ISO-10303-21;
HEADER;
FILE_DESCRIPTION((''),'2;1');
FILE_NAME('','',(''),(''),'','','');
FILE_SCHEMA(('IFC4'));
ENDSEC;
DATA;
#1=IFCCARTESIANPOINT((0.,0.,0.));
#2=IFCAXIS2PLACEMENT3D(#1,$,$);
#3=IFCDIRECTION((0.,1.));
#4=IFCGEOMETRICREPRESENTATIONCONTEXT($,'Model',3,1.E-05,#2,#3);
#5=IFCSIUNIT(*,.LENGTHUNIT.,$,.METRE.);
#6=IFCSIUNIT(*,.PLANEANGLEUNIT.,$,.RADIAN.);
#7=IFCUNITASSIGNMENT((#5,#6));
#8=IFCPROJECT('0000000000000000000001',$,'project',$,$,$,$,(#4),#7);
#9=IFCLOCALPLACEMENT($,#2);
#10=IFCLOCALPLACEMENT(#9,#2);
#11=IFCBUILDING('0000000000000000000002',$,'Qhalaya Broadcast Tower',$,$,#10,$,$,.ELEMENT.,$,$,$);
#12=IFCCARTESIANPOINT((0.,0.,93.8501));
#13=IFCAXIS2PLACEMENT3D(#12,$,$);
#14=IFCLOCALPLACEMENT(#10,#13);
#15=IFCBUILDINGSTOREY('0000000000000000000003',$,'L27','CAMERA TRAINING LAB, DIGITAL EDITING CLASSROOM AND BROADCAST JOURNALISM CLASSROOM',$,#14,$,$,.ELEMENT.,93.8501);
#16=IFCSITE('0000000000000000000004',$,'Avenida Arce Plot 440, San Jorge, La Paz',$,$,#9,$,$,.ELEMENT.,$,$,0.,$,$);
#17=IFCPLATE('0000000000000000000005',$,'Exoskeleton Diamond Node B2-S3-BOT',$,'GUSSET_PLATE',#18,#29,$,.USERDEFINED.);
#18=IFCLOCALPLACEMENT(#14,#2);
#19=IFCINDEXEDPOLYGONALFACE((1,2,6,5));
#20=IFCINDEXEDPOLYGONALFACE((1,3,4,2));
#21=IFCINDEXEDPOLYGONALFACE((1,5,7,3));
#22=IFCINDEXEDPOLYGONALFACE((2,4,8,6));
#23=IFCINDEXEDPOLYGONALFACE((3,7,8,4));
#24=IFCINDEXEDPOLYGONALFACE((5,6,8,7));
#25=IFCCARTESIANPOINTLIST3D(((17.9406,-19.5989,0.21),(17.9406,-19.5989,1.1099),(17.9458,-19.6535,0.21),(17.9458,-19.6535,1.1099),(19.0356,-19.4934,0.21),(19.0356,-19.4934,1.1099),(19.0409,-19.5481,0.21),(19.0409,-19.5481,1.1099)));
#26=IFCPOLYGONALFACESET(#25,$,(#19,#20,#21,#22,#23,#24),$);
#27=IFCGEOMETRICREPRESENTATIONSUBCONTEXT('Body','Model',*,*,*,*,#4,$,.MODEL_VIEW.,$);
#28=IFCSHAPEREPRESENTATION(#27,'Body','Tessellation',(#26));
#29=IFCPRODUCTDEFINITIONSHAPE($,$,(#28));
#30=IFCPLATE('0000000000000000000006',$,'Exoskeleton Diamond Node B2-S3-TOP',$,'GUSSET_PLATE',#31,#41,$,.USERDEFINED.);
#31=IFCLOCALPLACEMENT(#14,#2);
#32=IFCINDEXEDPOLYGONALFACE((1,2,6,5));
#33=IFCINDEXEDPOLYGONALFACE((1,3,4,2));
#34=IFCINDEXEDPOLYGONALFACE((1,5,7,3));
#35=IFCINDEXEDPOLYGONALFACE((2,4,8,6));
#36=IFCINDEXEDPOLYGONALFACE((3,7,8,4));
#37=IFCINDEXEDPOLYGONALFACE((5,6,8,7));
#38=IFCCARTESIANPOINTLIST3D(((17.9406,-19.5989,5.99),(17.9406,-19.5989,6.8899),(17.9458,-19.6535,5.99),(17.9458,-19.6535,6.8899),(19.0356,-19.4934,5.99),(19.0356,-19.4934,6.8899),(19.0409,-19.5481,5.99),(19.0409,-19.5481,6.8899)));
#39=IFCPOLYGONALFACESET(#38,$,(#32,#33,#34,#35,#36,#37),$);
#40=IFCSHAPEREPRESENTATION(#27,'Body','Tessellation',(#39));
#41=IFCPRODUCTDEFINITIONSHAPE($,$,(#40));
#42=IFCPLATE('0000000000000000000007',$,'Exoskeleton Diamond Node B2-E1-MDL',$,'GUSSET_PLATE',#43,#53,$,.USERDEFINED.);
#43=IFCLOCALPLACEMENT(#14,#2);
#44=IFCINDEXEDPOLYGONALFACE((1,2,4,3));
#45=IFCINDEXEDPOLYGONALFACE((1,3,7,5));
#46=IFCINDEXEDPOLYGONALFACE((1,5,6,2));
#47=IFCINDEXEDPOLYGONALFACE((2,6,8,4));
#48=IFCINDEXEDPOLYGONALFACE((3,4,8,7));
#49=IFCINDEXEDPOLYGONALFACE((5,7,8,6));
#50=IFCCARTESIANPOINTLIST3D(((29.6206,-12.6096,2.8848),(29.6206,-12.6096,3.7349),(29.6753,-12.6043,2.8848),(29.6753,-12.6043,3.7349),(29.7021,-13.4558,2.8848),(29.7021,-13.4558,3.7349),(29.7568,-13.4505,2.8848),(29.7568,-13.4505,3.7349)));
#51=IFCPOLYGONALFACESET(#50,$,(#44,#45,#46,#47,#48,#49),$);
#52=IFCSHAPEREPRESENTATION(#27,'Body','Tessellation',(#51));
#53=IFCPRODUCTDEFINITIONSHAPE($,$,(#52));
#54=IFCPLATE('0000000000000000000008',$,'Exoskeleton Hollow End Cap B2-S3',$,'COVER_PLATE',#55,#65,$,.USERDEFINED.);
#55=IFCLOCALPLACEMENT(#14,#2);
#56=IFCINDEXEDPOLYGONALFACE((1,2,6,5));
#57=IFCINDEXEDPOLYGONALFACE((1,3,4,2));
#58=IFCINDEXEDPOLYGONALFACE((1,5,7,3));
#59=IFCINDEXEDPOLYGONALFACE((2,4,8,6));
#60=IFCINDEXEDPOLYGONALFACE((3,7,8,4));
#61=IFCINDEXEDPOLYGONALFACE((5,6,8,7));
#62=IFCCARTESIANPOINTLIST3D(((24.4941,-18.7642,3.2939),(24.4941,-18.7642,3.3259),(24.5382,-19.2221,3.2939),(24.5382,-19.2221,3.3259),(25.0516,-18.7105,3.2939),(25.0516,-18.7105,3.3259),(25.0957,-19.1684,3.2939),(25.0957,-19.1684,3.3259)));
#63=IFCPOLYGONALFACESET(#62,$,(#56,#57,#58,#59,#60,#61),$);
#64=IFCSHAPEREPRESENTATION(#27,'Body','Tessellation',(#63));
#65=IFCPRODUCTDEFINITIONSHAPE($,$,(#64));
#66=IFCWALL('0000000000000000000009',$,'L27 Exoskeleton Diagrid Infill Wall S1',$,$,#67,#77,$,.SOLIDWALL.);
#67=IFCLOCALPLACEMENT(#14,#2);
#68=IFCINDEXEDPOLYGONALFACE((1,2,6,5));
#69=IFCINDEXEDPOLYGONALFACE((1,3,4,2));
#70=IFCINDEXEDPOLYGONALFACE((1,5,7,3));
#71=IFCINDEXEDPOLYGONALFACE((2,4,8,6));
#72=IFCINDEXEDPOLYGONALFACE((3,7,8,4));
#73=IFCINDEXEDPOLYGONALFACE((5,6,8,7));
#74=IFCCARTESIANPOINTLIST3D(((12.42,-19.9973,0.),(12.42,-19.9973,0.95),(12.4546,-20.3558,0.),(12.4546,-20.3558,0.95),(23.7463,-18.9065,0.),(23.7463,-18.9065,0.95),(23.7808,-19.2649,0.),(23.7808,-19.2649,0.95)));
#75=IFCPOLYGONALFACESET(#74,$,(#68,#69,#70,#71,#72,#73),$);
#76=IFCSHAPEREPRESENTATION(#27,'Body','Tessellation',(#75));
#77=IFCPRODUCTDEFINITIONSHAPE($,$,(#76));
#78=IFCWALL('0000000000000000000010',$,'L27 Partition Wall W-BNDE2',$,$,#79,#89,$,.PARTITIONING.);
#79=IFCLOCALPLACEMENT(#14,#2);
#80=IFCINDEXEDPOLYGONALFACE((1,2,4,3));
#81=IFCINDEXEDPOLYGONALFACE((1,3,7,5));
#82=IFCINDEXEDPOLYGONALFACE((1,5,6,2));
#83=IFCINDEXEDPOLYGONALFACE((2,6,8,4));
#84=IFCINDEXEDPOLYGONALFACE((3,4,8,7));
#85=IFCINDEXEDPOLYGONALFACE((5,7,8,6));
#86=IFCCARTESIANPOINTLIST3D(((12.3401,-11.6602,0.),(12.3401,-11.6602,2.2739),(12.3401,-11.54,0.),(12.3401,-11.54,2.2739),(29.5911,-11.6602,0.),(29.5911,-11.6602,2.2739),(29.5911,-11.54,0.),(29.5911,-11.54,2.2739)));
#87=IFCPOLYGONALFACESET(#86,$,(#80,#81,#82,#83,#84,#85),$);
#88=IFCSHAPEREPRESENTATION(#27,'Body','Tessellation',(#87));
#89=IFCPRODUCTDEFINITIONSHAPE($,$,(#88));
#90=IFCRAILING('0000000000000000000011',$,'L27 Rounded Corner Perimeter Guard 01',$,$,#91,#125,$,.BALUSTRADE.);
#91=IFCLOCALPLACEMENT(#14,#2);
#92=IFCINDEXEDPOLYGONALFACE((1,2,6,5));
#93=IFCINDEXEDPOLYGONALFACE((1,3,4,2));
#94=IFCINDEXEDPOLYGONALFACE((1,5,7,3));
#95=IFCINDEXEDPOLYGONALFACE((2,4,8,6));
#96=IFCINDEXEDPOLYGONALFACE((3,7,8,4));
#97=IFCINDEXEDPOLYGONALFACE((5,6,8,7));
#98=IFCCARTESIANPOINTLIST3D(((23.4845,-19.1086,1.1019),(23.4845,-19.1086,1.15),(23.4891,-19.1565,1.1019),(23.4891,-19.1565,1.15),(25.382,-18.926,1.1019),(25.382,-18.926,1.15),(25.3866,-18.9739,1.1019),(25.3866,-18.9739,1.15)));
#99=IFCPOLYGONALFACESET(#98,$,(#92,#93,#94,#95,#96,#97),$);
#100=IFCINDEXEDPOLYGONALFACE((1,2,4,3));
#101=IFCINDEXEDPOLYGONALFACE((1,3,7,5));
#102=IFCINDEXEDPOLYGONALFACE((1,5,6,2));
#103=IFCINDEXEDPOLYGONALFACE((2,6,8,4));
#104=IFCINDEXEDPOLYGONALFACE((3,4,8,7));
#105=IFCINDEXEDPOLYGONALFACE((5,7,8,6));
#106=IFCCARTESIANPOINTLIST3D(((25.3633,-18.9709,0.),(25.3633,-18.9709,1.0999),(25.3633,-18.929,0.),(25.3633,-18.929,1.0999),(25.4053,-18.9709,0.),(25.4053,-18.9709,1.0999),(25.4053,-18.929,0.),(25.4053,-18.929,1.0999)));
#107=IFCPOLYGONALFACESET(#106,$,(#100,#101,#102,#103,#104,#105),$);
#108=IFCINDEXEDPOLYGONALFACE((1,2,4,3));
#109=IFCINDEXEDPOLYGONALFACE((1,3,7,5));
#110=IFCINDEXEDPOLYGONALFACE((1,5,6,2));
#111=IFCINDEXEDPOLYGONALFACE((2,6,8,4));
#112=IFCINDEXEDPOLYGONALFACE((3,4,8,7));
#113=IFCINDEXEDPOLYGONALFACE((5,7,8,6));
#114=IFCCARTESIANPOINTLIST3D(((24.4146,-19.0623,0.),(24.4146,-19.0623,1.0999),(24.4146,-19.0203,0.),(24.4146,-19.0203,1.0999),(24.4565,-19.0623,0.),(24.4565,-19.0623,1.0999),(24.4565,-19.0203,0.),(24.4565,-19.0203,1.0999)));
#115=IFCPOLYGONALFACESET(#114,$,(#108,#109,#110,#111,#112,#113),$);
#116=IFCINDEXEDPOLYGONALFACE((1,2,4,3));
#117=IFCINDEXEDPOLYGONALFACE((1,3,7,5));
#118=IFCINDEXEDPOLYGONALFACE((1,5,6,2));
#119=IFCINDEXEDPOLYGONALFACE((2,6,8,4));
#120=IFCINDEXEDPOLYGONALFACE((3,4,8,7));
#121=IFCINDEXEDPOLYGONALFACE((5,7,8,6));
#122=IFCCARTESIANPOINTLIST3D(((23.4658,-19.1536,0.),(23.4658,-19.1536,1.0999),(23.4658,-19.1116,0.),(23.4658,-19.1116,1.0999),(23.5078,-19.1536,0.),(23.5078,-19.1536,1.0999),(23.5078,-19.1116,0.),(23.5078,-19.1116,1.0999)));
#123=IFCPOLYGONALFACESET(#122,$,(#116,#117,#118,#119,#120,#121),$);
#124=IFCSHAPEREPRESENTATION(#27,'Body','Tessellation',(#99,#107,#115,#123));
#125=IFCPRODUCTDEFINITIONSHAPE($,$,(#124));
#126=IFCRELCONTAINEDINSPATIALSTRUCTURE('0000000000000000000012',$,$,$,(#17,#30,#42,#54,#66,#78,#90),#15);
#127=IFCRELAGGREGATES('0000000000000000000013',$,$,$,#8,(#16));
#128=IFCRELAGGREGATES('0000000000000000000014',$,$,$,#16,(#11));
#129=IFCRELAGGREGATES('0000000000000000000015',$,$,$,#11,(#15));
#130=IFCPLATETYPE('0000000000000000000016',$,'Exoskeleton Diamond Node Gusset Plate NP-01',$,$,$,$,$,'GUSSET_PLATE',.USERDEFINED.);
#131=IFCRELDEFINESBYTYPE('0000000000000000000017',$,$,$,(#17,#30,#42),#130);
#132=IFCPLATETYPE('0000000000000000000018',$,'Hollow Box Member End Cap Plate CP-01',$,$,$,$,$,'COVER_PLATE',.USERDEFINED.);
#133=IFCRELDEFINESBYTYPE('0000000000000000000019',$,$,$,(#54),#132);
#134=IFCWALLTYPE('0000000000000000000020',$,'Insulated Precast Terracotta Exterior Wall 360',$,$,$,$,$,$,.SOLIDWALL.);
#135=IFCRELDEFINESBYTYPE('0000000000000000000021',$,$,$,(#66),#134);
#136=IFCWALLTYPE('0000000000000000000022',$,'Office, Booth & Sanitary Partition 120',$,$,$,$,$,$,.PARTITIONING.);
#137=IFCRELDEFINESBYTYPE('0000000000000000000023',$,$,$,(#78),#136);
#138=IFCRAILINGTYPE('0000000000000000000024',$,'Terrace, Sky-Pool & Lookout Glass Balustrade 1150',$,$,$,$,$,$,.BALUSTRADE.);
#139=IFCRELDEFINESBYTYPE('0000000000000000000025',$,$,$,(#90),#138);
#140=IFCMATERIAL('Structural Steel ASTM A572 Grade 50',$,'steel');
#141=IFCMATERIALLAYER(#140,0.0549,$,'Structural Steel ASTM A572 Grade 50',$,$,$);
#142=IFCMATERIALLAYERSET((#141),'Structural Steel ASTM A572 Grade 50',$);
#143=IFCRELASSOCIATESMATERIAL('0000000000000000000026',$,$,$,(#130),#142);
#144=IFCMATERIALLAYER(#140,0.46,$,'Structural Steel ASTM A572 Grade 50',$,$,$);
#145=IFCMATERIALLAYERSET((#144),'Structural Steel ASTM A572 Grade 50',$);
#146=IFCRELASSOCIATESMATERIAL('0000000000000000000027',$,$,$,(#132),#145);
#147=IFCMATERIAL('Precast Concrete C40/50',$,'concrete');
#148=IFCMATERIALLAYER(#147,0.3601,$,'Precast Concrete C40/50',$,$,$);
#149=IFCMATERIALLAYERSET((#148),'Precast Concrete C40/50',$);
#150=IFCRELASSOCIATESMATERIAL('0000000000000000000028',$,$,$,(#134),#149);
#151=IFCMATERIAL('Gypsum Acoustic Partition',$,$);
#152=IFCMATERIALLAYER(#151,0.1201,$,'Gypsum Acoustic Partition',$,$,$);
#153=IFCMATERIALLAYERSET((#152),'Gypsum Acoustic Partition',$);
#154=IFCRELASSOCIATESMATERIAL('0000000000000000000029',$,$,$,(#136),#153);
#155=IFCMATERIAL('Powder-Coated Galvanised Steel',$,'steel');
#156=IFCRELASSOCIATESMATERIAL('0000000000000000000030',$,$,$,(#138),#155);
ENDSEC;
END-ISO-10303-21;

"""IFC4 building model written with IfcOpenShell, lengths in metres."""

from ifc_helpers import new_model, si_unit, direction, frame, frame_2d, origin, origin_2d, place, context, subcontext, project, spatial, rectangle, extrude, material, layer, layer_set, type_object, element, save


model = new_model("IFC4")

# Units and contexts
model_context = context("Model", 3, precision=1e-05, world=origin(), true_north=direction((0.0, 1.0)))
body_context = subcontext(model_context, "Body", "Model", "MODEL_VIEW")
ifc_project = project(units=[si_unit("LENGTHUNIT", "METRE"), si_unit("PLANEANGLEUNIT", "RADIAN")], contexts=[model_context])

# Site, building, storey
site_placement = place(None, origin())
site = spatial("IfcSite", under=ifc_project, at=site_placement, Name="Avenida Arce Plot 440, San Jorge, La Paz", CompositionType="ELEMENT", RefElevation=0.0)
building_placement = place(site_placement, origin())
building = spatial("IfcBuilding", under=site, at=building_placement, Name="Qhalaya Broadcast Tower", CompositionType="ELEMENT")
storey_placement = place(building_placement, frame((0.0, 0.0, 93.8501)))
storey = spatial("IfcBuildingStorey", under=building, at=storey_placement, Name="L27", Description="CAMERA TRAINING LAB, DIGITAL EDITING CLASSROOM AND BROADCAST JOURNALISM CLASSROOM", CompositionType="ELEMENT", Elevation=93.8501)

# Shared definitions
ifc_material_1 = material(Name="Structural Steel ASTM A572 Grade 50", Category="steel")

# Plates
ifc_layer_1 = layer(ifc_material_1, 0.0549, Name="Structural Steel ASTM A572 Grade 50")
ifc_layer_set_1 = layer_set([ifc_layer_1], Name="Structural Steel ASTM A572 Grade 50")
plate_type_1 = type_object("IfcPlateType", Name="Exoskeleton Diamond Node Gusset Plate NP-01", ElementType="GUSSET_PLATE", PredefinedType="USERDEFINED", material=ifc_layer_set_1)
for number, where, z_axis, x_axis, name in (
    (1, (18.4907, -19.5735, 0.21), (0.0, 0.0, 1.0), (0.995396, 0.095846, 0.0), "Exoskeleton Diamond Node B2-S3-BOT"),
    (2, (18.4907, -19.5735, 5.99), (0.0, 0.0, 1.0), (0.995396, 0.095846, 0.0), "Exoskeleton Diamond Node B2-S3-TOP"),
):
    element("IfcPlate", number, at=place(storey_placement, frame(where, z_axis=z_axis, x_axis=x_axis)), inside=storey, type_object=plate_type_1, Name=name, ObjectType="GUSSET_PLATE", PredefinedType="USERDEFINED", context=body_context, shape_type="SweptSolid", body=[
        extrude(rectangle(XDim=1.1001, YDim=0.0549, at=origin_2d()), origin(), (0.0, 0.0, 1.0), 0.8999),
    ])
plate_1_placement = place(storey_placement, frame((29.6887, -13.03, 2.8848), z_axis=(0.0, 0.0, 1.0), x_axis=(-0.095846, 0.995396, 0.0)))
element("IfcPlate", 3, at=plate_1_placement, inside=storey, type_object=plate_type_1, Name="Exoskeleton Diamond Node B2-E1-MDL", ObjectType="GUSSET_PLATE", PredefinedType="USERDEFINED", context=body_context, shape_type="SweptSolid", body=[
    extrude(rectangle(XDim=0.8501, YDim=0.0549, at=origin_2d()), origin(), (0.0, 0.0, 1.0), 0.8501),
])
ifc_layer_2 = layer(ifc_material_1, 0.46, Name="Structural Steel ASTM A572 Grade 50")
ifc_layer_set_2 = layer_set([ifc_layer_2], Name="Structural Steel ASTM A572 Grade 50")
plate_type_2 = type_object("IfcPlateType", Name="Hollow Box Member End Cap Plate CP-01", ElementType="COVER_PLATE", PredefinedType="USERDEFINED", material=ifc_layer_set_2)
plate_2_placement = place(storey_placement, frame((24.7949, -18.9663, 3.2939), z_axis=(0.0, 0.0, 1.0), x_axis=(0.995396, 0.095846, 0.0)))
element("IfcPlate", 4, at=plate_2_placement, inside=storey, type_object=plate_type_2, Name="Exoskeleton Hollow End Cap B2-S3", ObjectType="COVER_PLATE", PredefinedType="USERDEFINED", context=body_context, shape_type="SweptSolid", body=[
    extrude(rectangle(XDim=0.5601, YDim=0.46, at=origin_2d()), origin(), (0.0, 0.0, 1.0), 0.032),
])

# Walls
ifc_material_2 = material(Name="Precast Concrete C40/50", Category="concrete")
ifc_layer_3 = layer(ifc_material_2, 0.3601, Name="Precast Concrete C40/50")
ifc_layer_set_3 = layer_set([ifc_layer_3], Name="Precast Concrete C40/50")
wall_type_1 = type_object("IfcWallType", Name="Insulated Precast Terracotta Exterior Wall 360", PredefinedType="SOLIDWALL", material=ifc_layer_set_3)
wall_1_placement = place(storey_placement, frame((23.7637, -19.0857, 0.0), z_axis=(0.0, 0.0, 1.0), x_axis=(-0.995394, -0.095866, 0.0)))
element("IfcWall", 5, at=wall_1_placement, inside=storey, type_object=wall_type_1, Name="L27 Exoskeleton Diagrid Infill Wall S1", PredefinedType="SOLIDWALL", context=body_context, shape_type="SweptSolid", body=[
    extrude(rectangle(XDim=11.3787, YDim=0.3601, at=frame_2d((5.6895, 0.0))), origin(), (0.0, 0.0, 1.0), 0.95),
])
ifc_material_3 = material(Name="Gypsum Acoustic Partition")
ifc_layer_4 = layer(ifc_material_3, 0.1201, Name="Gypsum Acoustic Partition")
ifc_layer_set_4 = layer_set([ifc_layer_4], Name="Gypsum Acoustic Partition")
wall_type_2 = type_object("IfcWallType", Name="Office, Booth & Sanitary Partition 120", PredefinedType="PARTITIONING", material=ifc_layer_set_4)
wall_2_placement = place(storey_placement, frame((12.3401, -11.6001, 0.0), z_axis=(0.0, 0.0, 1.0), x_axis=(1.0, 0.0, 0.0)))
element("IfcWall", 6, at=wall_2_placement, inside=storey, type_object=wall_type_2, Name="L27 Partition Wall W-BNDE2", PredefinedType="PARTITIONING", context=body_context, shape_type="SweptSolid", body=[
    extrude(rectangle(XDim=17.251, YDim=0.1201, at=frame_2d((8.6255, 0.0))), origin(), (0.0, 0.0, 1.0), 2.2739),
])

# Railing
ifc_material_4 = material(Name="Powder-Coated Galvanised Steel", Category="steel")
railing_type = type_object("IfcRailingType", Name="Terrace, Sky-Pool & Lookout Glass Balustrade 1150", PredefinedType="BALUSTRADE", material=ifc_material_4)
railing_1_placement = place(storey_placement, frame((25.3843, -18.95, 0.0)))
element("IfcRailing", 7, at=railing_1_placement, inside=storey, type_object=railing_type, Name="L27 Rounded Corner Perimeter Guard 01", PredefinedType="BALUSTRADE", context=body_context, shape_type="SweptSolid", body=[
    extrude(rectangle(XDim=0.0481, YDim=0.0481, at=origin_2d()), frame((0.0, 0.0, 1.126), z_axis=(-0.995401, -0.0958, 0.0), x_axis=(0.0958, -0.995401, 0.0)), (0.0, 0.0, 1.0), 1.9062),
    extrude(rectangle(XDim=0.042, YDim=0.042, at=origin_2d()), origin(), (0.0, 0.0, 1.0), 1.0999),
    extrude(rectangle(XDim=0.042, YDim=0.042, at=origin_2d()), frame((-0.9487, -0.0913, 0.0)), (0.0, 0.0, 1.0), 1.0999),
    extrude(rectangle(XDim=0.042, YDim=0.042, at=origin_2d()), frame((-1.8975, -0.1826, 0.0)), (0.0, 0.0, 1.0), 1.0999),
])

save(model, "model.ifc")
